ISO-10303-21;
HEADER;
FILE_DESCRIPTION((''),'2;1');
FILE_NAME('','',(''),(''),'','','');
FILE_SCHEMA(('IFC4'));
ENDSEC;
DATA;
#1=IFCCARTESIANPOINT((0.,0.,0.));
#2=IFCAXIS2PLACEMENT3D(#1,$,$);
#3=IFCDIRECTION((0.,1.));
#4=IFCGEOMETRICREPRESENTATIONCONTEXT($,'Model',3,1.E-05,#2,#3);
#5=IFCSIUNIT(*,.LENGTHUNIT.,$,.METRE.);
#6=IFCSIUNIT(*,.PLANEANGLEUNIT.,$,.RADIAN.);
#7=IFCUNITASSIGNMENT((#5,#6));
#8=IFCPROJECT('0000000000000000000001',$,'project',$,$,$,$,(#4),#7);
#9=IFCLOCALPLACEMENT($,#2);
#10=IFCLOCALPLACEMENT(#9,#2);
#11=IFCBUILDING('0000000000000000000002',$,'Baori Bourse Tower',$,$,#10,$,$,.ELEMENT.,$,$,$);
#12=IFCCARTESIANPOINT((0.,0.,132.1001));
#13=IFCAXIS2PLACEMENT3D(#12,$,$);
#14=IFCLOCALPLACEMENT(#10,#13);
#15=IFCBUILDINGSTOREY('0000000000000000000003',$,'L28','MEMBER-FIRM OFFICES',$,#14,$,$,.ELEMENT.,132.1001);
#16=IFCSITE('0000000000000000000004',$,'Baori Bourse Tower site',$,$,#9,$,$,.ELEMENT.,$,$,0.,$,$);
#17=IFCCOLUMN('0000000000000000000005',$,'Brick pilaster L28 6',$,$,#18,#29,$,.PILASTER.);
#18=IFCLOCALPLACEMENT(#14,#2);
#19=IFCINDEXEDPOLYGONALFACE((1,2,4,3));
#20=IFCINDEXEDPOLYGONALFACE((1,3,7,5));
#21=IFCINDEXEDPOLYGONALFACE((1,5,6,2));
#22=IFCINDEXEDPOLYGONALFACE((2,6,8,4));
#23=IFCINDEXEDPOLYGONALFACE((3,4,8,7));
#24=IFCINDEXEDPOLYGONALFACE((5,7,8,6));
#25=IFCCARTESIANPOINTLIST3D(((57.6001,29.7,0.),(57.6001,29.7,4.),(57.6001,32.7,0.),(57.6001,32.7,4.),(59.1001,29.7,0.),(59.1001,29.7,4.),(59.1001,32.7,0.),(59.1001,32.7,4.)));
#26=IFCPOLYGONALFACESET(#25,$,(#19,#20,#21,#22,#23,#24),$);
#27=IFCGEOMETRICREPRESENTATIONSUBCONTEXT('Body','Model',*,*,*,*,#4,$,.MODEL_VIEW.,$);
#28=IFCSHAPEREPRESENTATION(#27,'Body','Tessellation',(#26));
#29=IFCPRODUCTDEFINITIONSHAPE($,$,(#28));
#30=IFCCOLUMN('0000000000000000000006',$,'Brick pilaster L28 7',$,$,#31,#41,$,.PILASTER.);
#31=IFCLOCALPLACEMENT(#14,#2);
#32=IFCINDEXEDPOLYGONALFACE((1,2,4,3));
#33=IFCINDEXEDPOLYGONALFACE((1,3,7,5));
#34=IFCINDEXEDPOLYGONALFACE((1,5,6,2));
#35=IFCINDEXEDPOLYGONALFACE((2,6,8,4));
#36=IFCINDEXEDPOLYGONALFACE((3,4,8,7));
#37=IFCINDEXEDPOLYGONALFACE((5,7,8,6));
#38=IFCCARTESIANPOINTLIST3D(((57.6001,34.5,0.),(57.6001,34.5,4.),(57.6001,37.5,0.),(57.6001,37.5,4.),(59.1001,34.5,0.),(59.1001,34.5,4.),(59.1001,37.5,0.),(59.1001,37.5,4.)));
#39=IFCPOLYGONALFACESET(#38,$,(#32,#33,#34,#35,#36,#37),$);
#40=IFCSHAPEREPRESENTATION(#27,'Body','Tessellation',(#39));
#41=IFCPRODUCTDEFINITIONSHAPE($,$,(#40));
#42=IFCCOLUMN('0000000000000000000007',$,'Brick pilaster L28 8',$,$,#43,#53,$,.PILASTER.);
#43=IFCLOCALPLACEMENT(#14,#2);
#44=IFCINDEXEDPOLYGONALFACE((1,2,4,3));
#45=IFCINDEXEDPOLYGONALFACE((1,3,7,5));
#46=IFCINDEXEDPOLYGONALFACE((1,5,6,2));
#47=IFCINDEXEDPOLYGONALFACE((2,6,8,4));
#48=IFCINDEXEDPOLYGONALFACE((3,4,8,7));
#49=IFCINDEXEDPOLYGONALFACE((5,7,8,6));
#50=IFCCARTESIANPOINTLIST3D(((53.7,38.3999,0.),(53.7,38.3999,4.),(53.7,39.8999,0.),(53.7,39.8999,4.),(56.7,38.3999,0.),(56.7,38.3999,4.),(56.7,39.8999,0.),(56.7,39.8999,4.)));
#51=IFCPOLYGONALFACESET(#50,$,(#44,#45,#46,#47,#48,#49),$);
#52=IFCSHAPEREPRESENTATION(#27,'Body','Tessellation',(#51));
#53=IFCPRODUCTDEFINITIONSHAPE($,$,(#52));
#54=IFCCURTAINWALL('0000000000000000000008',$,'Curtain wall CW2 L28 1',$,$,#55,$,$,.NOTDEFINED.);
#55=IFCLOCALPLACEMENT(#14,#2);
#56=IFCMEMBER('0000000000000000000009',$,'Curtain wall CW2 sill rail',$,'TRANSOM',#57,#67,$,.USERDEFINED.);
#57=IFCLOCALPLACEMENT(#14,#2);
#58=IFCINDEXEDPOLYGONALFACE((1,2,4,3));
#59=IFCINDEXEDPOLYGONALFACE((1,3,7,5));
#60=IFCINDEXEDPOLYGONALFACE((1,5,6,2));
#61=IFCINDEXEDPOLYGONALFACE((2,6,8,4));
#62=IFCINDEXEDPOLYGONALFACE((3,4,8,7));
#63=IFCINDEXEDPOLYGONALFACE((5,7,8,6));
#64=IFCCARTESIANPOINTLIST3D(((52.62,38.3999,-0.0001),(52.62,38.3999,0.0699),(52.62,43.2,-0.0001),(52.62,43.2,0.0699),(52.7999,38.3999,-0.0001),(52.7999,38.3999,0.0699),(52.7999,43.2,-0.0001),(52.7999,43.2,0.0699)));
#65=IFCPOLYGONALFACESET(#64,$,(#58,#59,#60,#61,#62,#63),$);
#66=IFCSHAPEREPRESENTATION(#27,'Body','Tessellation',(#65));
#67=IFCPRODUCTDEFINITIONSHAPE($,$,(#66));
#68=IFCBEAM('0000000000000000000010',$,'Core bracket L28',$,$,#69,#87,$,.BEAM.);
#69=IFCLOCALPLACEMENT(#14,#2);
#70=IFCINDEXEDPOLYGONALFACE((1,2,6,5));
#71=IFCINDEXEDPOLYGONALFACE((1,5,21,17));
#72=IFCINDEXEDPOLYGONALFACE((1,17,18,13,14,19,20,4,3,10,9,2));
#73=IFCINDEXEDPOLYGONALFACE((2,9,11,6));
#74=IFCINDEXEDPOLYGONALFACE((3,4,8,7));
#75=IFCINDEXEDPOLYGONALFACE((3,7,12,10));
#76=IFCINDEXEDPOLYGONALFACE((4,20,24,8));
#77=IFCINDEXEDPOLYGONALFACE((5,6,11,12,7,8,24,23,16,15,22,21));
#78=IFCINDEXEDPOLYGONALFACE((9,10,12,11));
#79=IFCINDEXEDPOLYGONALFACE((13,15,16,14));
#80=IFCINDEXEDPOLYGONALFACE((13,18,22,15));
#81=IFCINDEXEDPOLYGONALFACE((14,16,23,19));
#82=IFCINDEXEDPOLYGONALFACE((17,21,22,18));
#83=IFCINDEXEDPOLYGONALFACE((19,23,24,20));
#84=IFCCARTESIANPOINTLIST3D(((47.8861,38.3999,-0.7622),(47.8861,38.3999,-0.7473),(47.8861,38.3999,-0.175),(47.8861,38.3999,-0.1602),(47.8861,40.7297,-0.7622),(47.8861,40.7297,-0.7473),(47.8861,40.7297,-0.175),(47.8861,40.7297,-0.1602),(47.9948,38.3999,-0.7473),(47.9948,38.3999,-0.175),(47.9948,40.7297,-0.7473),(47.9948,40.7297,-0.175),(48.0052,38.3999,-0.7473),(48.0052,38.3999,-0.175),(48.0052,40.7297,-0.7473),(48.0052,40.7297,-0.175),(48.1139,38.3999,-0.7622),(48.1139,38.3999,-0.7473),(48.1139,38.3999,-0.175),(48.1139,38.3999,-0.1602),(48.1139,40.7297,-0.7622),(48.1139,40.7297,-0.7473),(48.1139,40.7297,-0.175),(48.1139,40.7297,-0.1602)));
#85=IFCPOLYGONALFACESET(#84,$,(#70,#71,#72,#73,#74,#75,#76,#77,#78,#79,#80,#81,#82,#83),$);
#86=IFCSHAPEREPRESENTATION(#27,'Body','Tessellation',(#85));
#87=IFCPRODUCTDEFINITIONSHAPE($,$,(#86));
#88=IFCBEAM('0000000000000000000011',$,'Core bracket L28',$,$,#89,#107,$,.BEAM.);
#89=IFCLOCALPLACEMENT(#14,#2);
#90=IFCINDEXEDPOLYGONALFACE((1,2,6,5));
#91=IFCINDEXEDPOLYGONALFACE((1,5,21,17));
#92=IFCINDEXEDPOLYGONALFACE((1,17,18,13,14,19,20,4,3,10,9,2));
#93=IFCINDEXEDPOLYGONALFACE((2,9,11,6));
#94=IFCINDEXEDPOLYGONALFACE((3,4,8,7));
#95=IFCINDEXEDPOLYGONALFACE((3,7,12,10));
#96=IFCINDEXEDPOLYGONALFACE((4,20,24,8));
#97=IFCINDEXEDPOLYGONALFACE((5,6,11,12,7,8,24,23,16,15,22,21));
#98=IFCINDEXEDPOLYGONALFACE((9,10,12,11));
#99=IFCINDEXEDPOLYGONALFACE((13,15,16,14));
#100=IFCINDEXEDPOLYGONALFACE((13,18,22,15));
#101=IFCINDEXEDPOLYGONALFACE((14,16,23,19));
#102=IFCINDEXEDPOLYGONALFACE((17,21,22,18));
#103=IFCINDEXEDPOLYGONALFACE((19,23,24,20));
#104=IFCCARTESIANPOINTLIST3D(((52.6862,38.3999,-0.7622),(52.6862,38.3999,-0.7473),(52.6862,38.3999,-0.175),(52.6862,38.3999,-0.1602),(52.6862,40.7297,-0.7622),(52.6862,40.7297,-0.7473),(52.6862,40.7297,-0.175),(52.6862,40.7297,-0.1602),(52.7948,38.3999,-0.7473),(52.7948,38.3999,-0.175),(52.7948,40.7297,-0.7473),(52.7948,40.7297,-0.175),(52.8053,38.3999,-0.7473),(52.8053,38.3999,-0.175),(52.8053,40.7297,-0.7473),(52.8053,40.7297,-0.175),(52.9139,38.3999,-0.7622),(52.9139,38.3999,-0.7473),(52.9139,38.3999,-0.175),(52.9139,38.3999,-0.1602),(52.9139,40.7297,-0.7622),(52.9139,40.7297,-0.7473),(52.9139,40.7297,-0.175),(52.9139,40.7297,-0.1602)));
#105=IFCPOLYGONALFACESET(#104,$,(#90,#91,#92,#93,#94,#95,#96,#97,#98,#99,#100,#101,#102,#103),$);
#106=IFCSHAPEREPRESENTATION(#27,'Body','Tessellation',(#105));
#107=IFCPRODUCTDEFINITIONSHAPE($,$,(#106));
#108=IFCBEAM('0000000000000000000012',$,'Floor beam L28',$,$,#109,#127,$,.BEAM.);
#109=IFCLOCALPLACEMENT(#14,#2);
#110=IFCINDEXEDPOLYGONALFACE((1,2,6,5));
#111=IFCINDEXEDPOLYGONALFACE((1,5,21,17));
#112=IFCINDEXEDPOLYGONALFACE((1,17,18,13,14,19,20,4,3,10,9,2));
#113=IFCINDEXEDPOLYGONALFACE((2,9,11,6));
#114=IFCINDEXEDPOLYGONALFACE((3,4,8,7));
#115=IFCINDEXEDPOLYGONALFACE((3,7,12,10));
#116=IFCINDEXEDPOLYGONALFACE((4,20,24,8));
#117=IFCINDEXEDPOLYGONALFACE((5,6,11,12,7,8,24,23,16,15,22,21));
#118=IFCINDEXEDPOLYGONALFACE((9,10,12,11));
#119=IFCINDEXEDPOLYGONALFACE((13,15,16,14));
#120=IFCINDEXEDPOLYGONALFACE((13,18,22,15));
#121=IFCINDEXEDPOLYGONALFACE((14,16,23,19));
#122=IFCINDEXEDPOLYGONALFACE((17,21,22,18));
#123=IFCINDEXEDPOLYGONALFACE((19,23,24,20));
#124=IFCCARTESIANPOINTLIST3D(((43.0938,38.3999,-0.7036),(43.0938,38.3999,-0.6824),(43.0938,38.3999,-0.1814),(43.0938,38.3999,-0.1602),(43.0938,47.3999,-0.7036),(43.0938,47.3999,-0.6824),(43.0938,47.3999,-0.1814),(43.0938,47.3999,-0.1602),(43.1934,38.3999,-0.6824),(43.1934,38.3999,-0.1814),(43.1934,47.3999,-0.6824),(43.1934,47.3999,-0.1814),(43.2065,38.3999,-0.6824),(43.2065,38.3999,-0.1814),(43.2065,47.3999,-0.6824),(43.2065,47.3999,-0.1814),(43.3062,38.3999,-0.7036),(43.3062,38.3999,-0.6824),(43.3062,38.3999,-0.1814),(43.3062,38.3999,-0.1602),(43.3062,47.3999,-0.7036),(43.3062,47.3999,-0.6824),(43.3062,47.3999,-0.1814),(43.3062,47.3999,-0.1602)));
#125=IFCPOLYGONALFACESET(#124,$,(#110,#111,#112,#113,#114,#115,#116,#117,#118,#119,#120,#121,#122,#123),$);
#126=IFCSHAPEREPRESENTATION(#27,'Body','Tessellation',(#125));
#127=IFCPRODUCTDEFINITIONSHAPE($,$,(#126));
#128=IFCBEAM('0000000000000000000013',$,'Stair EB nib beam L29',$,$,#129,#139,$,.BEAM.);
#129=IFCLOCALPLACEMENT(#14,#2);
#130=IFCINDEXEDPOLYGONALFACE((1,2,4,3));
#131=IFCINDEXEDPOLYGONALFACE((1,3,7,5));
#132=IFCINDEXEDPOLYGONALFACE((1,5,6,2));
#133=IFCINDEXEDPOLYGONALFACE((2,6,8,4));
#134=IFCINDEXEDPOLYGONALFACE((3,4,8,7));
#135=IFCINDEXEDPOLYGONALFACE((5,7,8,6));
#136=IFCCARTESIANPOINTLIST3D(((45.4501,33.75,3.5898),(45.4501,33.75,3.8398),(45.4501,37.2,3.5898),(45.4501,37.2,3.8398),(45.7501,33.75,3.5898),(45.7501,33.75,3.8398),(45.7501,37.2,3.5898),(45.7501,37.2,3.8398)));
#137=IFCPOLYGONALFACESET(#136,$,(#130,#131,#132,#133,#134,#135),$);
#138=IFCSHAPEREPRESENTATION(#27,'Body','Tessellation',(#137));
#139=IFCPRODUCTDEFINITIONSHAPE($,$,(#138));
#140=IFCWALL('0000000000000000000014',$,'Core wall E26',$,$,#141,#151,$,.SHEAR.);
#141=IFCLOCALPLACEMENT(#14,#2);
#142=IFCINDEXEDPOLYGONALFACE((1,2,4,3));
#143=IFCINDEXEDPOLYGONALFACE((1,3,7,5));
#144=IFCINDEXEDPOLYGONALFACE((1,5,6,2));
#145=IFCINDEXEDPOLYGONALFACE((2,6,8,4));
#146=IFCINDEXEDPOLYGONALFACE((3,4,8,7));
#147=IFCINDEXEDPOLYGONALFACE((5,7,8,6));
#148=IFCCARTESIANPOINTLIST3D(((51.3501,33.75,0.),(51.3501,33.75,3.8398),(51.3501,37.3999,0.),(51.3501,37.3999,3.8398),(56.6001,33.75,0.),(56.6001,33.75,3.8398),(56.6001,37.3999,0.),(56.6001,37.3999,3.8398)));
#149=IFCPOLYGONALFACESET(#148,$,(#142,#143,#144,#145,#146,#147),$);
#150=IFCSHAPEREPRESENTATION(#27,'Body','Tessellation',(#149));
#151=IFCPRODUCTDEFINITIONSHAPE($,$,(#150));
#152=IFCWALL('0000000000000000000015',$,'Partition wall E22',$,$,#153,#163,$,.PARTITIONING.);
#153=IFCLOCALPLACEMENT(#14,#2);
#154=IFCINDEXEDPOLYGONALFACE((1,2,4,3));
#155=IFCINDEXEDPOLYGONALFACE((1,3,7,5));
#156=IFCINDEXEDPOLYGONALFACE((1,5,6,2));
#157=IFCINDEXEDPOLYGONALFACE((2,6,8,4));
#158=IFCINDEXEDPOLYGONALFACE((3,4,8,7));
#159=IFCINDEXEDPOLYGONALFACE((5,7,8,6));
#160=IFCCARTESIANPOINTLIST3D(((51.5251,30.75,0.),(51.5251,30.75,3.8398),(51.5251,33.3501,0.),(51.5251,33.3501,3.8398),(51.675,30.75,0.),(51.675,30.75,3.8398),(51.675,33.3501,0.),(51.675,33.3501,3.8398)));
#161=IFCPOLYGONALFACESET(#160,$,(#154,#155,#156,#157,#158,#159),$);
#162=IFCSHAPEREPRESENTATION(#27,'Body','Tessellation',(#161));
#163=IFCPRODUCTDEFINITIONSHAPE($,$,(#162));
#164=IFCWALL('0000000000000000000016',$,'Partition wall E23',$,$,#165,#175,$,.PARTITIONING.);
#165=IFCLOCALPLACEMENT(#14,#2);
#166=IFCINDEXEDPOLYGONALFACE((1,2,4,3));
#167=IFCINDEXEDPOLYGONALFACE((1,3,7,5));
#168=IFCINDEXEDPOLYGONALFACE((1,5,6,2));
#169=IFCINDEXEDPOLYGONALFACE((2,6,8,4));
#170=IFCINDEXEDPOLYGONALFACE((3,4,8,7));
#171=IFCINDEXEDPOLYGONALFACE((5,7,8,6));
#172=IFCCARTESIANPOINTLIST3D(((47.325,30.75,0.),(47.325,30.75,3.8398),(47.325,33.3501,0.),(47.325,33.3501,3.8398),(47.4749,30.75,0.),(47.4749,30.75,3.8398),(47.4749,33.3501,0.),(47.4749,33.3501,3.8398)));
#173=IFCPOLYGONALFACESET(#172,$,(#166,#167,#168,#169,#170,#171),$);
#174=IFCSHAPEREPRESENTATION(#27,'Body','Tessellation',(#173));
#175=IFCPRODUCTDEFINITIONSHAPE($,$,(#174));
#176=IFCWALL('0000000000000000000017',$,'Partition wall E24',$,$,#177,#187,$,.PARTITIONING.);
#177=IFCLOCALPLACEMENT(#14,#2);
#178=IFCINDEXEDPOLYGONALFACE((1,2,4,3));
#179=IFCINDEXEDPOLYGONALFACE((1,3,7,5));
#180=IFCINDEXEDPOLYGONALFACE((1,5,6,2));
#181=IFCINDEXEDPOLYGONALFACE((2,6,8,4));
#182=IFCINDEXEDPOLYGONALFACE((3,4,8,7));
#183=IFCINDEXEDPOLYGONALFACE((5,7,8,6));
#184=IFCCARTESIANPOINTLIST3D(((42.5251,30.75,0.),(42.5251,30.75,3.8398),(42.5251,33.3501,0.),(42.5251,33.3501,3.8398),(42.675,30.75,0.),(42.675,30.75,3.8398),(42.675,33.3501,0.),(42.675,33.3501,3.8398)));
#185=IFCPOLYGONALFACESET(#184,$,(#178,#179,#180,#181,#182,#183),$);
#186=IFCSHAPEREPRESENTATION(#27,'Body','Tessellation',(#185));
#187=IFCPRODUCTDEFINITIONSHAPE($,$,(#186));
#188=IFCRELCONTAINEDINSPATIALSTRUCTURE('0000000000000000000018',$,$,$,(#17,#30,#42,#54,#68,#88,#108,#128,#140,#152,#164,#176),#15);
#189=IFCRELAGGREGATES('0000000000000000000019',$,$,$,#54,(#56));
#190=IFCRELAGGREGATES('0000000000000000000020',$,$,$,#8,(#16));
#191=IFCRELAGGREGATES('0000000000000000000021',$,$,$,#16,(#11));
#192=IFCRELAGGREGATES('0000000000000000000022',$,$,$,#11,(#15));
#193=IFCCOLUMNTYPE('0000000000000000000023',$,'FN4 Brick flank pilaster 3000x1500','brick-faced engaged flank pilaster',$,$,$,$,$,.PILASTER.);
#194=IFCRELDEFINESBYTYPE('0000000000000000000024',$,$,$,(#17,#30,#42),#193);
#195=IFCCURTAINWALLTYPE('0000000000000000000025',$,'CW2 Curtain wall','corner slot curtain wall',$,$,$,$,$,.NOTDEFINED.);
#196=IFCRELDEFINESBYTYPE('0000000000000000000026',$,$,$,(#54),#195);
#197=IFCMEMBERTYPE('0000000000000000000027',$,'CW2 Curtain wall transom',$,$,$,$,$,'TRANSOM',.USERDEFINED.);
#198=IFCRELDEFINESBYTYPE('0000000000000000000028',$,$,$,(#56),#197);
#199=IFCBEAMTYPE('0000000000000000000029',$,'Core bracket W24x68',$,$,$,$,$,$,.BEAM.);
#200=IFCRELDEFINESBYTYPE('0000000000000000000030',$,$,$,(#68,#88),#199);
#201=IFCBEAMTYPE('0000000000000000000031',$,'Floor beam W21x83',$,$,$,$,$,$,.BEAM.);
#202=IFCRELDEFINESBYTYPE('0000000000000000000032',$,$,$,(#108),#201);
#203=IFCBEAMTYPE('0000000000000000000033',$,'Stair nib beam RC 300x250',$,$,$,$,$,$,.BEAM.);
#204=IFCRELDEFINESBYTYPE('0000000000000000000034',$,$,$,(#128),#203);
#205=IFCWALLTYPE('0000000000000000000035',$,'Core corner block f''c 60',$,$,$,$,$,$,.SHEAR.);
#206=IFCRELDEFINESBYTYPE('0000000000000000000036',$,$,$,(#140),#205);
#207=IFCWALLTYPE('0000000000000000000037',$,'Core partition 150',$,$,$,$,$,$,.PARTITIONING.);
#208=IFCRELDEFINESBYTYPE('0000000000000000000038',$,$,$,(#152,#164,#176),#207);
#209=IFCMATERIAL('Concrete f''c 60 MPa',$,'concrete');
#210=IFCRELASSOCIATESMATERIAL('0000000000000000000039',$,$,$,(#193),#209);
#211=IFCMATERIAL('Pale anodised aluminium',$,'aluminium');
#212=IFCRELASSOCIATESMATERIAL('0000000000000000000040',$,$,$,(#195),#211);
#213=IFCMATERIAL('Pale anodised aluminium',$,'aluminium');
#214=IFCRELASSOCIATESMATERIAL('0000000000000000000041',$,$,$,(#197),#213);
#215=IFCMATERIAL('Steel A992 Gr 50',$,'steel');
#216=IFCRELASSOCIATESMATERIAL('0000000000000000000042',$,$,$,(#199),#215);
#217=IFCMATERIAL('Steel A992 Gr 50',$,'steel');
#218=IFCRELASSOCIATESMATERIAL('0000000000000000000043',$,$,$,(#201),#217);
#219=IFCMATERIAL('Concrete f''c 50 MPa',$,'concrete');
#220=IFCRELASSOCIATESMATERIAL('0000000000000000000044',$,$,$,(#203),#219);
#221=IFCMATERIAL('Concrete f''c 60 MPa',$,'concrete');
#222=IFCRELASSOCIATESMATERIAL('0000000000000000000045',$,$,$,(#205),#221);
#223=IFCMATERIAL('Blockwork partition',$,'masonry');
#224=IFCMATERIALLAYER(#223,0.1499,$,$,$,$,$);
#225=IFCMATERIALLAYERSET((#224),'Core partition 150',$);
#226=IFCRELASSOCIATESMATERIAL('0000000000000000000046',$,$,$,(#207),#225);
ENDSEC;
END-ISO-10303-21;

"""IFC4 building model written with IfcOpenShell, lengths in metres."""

from ifc_helpers import new_model, si_unit, direction, frame, frame_2d, origin, origin_2d, place, context, subcontext, project, spatial, rectangle, i_section, extrude, material, layer, layer_set, material_profile, profile_set, type_object, element, aggregate, save


model = new_model("IFC4")

# Units and contexts
model_context = context("Model", 3, precision=1e-05, world=origin(), true_north=direction((0.0, 1.0)))
body_context = subcontext(model_context, "Body", "Model", "MODEL_VIEW")
ifc_project = project(units=[si_unit("LENGTHUNIT", "METRE"), si_unit("PLANEANGLEUNIT", "RADIAN")], contexts=[model_context])

# Site, building, storey
site_placement = place(None, origin())
site = spatial("IfcSite", under=ifc_project, at=site_placement, Name="Baori Bourse Tower site", CompositionType="ELEMENT", RefElevation=0.0)
building_placement = place(site_placement, origin())
building = spatial("IfcBuilding", under=site, at=building_placement, Name="Baori Bourse Tower", CompositionType="ELEMENT")
storey_placement = place(building_placement, frame((0.0, 0.0, 132.1001)))
storey = spatial("IfcBuildingStorey", under=building, at=storey_placement, Name="L28", Description="MEMBER-FIRM OFFICES", CompositionType="ELEMENT", Elevation=132.1001)

# Columns
ifc_material_1 = material(Name="Concrete f'c 60 MPa", Category="concrete")
ifc_material_profile_1 = material_profile(ifc_material_1, rectangle(XDim=3.0, YDim=1.5, at=origin_2d()), Name="RC 3000x1500")
ifc_profile_set_1 = profile_set([ifc_material_profile_1], Name="Concrete f'c 60 MPa")
column_type = type_object("IfcColumnType", Name="FN4 Brick flank pilaster 3000x1500", Description="brick-faced engaged flank pilaster", PredefinedType="PILASTER", material=ifc_profile_set_1)
for number, where, z_axis, x_axis, name in (
    (1, (58.3501, 31.2, 0.0), (0.0, 0.0, 1.0), (0.0, 1.0, 0.0), "Brick pilaster L28 6"),
    (2, (58.3501, 36.0, 0.0), (0.0, 0.0, 1.0), (0.0, 1.0, 0.0), "Brick pilaster L28 7"),
    (3, (55.2, 39.1499, 0.0), (0.0, 0.0, 1.0), (1.0, 0.0, 0.0), "Brick pilaster L28 8"),
):
    element("IfcColumn", number, at=place(storey_placement, frame(where, z_axis=z_axis, x_axis=x_axis)), inside=storey, type_object=column_type, Name=name, PredefinedType="PILASTER", context=body_context, shape_type="SweptSolid", body=[
        extrude(rectangle(XDim=3.0, YDim=1.5, at=origin_2d()), origin(), (0.0, 0.0, 1.0), 4.0),
    ])

# Curtain wall, member
ifc_material_2 = material(Name="Pale anodised aluminium", Category="aluminium")
curtain_wall_type = type_object("IfcCurtainWallType", Name="CW2 Curtain wall", Description="corner slot curtain wall", PredefinedType="NOTDEFINED", material=ifc_material_2)
curtain_wall_placement = place(storey_placement, origin())
curtain_wall = element("IfcCurtainWall", 4, at=curtain_wall_placement, inside=storey, type_object=curtain_wall_type, Name="Curtain wall CW2 L28 1", PredefinedType="NOTDEFINED")
ifc_material_3 = material(Name="Pale anodised aluminium", Category="aluminium")
ifc_material_profile_2 = material_profile(ifc_material_3, rectangle(XDim=0.1799, YDim=0.0701, at=origin_2d()), Name="Transom 70x180")
ifc_profile_set_2 = profile_set([ifc_material_profile_2], Name="Pale anodised aluminium")
member_type = type_object("IfcMemberType", Name="CW2 Curtain wall transom", ElementType="TRANSOM", PredefinedType="USERDEFINED", material=ifc_profile_set_2)
member_placement = place(storey_placement, frame((52.71, 38.3999, 0.0349), z_axis=(0.0, 1.0, 0.0), x_axis=(-1.0, 0.0, 0.0)))
member = element("IfcMember", 5, at=member_placement, type_object=member_type, Name="Curtain wall CW2 sill rail", ObjectType="TRANSOM", PredefinedType="USERDEFINED", context=body_context, shape_type="SweptSolid", body=[
    extrude(rectangle(XDim=0.1799, YDim=0.0701, at=origin_2d()), origin(), (0.0, 0.0, 1.0), 4.8),
])
aggregate(curtain_wall, [member])

# Beams
ifc_material_4 = material(Name="Steel A992 Gr 50", Category="steel")
ifc_material_profile_3 = material_profile(ifc_material_4, i_section(OverallWidth=0.2278, OverallDepth=0.6021, WebThickness=0.0105, FlangeThickness=0.0149, at=origin_2d()), Name="W24x68")
ifc_profile_set_3 = profile_set([ifc_material_profile_3], Name="Steel A992 Gr 50")
beam_type_1 = type_object("IfcBeamType", Name="Core bracket W24x68", PredefinedType="BEAM", material=ifc_profile_set_3)
for number, where, z_axis, x_axis, name in (
    (6, (48.0, 38.3999, -0.4612), (0.0, 1.0, 0.0), (-1.0, 0.0, 0.0), "Core bracket L28"),
    (7, (52.8, 38.3999, -0.4612), (0.0, 1.0, 0.0), (-1.0, 0.0, 0.0), "Core bracket L28"),
):
    element("IfcBeam", number, at=place(storey_placement, frame(where, z_axis=z_axis, x_axis=x_axis)), inside=storey, type_object=beam_type_1, Name=name, PredefinedType="BEAM", context=body_context, shape_type="SweptSolid", body=[
        extrude(i_section(OverallWidth=0.2278, OverallDepth=0.6021, WebThickness=0.0105, FlangeThickness=0.0149, at=origin_2d()), origin(), (0.0, 0.0, 1.0), 2.3298),
    ])
ifc_material_5 = material(Name="Steel A992 Gr 50", Category="steel")
ifc_material_profile_4 = material_profile(ifc_material_5, i_section(OverallWidth=0.2124, OverallDepth=0.5435, WebThickness=0.0132, FlangeThickness=0.0212, at=origin_2d()), Name="W21x83")
ifc_profile_set_4 = profile_set([ifc_material_profile_4], Name="Steel A992 Gr 50")
beam_type_2 = type_object("IfcBeamType", Name="Floor beam W21x83", PredefinedType="BEAM", material=ifc_profile_set_4)
beam_1_placement = place(storey_placement, frame((43.2, 38.3999, -0.4319), z_axis=(0.0, 1.0, 0.0), x_axis=(-1.0, 0.0, 0.0)))
element("IfcBeam", 8, at=beam_1_placement, inside=storey, type_object=beam_type_2, Name="Floor beam L28", PredefinedType="BEAM", context=body_context, shape_type="SweptSolid", body=[
    extrude(i_section(OverallWidth=0.2124, OverallDepth=0.5435, WebThickness=0.0132, FlangeThickness=0.0212, at=origin_2d()), origin(), (0.0, 0.0, 1.0), 9.0),
])
ifc_material_6 = material(Name="Concrete f'c 50 MPa", Category="concrete")
ifc_material_profile_5 = material_profile(ifc_material_6, rectangle(XDim=0.3, YDim=0.25, at=origin_2d()), Name="RC 300x250")
ifc_profile_set_5 = profile_set([ifc_material_profile_5], Name="Concrete f'c 50 MPa")
beam_type_3 = type_object("IfcBeamType", Name="Stair nib beam RC 300x250", PredefinedType="BEAM", material=ifc_profile_set_5)
beam_2_placement = place(storey_placement, frame((45.6001, 33.75, 3.7148), z_axis=(0.0, 1.0, 0.0), x_axis=(-1.0, 0.0, 0.0)))
element("IfcBeam", 9, at=beam_2_placement, inside=storey, type_object=beam_type_3, Name="Stair EB nib beam L29", PredefinedType="BEAM", context=body_context, shape_type="SweptSolid", body=[
    extrude(rectangle(XDim=0.3, YDim=0.25, at=origin_2d()), origin(), (0.0, 0.0, 1.0), 3.45),
])

# Walls
ifc_material_7 = material(Name="Concrete f'c 60 MPa", Category="concrete")
wall_type_1 = type_object("IfcWallType", Name="Core corner block f'c 60", PredefinedType="SHEAR", material=ifc_material_7)
wall_1_placement = place(storey_placement, frame((51.3501, 35.575, 0.0), z_axis=(0.0, 0.0, 1.0), x_axis=(1.0, 0.0, 0.0)))
element("IfcWall", 10, at=wall_1_placement, inside=storey, type_object=wall_type_1, Name="Core wall E26", PredefinedType="SHEAR", context=body_context, shape_type="SweptSolid", body=[
    extrude(rectangle(XDim=5.25, YDim=3.6499, at=frame_2d((2.625, 0.0))), origin(), (0.0, 0.0, 1.0), 3.8398),
])
ifc_material_8 = material(Name="Blockwork partition", Category="masonry")
ifc_layer_1 = layer(ifc_material_8, 0.1499)
ifc_layer_set_1 = layer_set([ifc_layer_1], Name="Core partition 150")
wall_type_2 = type_object("IfcWallType", Name="Core partition 150", PredefinedType="PARTITIONING", material=ifc_layer_set_1)
for number, where, z_axis, x_axis, name in (
    (11, (51.6001, 30.75, 0.0), (0.0, 0.0, 1.0), (0.0, 1.0, 0.0), "Partition wall E22"),
    (12, (47.3999, 30.75, 0.0), (0.0, 0.0, 1.0), (0.0, 1.0, 0.0), "Partition wall E23"),
    (13, (42.6001, 30.75, 0.0), (0.0, 0.0, 1.0), (0.0, 1.0, 0.0), "Partition wall E24"),
):
    element("IfcWall", number, at=place(storey_placement, frame(where, z_axis=z_axis, x_axis=x_axis)), inside=storey, type_object=wall_type_2, Name=name, PredefinedType="PARTITIONING", context=body_context, shape_type="SweptSolid", body=[
        extrude(rectangle(XDim=2.6001, YDim=0.1499, at=frame_2d((1.3, 0.0))), origin(), (0.0, 0.0, 1.0), 3.8398),
    ])

save(model, "model.ifc")
